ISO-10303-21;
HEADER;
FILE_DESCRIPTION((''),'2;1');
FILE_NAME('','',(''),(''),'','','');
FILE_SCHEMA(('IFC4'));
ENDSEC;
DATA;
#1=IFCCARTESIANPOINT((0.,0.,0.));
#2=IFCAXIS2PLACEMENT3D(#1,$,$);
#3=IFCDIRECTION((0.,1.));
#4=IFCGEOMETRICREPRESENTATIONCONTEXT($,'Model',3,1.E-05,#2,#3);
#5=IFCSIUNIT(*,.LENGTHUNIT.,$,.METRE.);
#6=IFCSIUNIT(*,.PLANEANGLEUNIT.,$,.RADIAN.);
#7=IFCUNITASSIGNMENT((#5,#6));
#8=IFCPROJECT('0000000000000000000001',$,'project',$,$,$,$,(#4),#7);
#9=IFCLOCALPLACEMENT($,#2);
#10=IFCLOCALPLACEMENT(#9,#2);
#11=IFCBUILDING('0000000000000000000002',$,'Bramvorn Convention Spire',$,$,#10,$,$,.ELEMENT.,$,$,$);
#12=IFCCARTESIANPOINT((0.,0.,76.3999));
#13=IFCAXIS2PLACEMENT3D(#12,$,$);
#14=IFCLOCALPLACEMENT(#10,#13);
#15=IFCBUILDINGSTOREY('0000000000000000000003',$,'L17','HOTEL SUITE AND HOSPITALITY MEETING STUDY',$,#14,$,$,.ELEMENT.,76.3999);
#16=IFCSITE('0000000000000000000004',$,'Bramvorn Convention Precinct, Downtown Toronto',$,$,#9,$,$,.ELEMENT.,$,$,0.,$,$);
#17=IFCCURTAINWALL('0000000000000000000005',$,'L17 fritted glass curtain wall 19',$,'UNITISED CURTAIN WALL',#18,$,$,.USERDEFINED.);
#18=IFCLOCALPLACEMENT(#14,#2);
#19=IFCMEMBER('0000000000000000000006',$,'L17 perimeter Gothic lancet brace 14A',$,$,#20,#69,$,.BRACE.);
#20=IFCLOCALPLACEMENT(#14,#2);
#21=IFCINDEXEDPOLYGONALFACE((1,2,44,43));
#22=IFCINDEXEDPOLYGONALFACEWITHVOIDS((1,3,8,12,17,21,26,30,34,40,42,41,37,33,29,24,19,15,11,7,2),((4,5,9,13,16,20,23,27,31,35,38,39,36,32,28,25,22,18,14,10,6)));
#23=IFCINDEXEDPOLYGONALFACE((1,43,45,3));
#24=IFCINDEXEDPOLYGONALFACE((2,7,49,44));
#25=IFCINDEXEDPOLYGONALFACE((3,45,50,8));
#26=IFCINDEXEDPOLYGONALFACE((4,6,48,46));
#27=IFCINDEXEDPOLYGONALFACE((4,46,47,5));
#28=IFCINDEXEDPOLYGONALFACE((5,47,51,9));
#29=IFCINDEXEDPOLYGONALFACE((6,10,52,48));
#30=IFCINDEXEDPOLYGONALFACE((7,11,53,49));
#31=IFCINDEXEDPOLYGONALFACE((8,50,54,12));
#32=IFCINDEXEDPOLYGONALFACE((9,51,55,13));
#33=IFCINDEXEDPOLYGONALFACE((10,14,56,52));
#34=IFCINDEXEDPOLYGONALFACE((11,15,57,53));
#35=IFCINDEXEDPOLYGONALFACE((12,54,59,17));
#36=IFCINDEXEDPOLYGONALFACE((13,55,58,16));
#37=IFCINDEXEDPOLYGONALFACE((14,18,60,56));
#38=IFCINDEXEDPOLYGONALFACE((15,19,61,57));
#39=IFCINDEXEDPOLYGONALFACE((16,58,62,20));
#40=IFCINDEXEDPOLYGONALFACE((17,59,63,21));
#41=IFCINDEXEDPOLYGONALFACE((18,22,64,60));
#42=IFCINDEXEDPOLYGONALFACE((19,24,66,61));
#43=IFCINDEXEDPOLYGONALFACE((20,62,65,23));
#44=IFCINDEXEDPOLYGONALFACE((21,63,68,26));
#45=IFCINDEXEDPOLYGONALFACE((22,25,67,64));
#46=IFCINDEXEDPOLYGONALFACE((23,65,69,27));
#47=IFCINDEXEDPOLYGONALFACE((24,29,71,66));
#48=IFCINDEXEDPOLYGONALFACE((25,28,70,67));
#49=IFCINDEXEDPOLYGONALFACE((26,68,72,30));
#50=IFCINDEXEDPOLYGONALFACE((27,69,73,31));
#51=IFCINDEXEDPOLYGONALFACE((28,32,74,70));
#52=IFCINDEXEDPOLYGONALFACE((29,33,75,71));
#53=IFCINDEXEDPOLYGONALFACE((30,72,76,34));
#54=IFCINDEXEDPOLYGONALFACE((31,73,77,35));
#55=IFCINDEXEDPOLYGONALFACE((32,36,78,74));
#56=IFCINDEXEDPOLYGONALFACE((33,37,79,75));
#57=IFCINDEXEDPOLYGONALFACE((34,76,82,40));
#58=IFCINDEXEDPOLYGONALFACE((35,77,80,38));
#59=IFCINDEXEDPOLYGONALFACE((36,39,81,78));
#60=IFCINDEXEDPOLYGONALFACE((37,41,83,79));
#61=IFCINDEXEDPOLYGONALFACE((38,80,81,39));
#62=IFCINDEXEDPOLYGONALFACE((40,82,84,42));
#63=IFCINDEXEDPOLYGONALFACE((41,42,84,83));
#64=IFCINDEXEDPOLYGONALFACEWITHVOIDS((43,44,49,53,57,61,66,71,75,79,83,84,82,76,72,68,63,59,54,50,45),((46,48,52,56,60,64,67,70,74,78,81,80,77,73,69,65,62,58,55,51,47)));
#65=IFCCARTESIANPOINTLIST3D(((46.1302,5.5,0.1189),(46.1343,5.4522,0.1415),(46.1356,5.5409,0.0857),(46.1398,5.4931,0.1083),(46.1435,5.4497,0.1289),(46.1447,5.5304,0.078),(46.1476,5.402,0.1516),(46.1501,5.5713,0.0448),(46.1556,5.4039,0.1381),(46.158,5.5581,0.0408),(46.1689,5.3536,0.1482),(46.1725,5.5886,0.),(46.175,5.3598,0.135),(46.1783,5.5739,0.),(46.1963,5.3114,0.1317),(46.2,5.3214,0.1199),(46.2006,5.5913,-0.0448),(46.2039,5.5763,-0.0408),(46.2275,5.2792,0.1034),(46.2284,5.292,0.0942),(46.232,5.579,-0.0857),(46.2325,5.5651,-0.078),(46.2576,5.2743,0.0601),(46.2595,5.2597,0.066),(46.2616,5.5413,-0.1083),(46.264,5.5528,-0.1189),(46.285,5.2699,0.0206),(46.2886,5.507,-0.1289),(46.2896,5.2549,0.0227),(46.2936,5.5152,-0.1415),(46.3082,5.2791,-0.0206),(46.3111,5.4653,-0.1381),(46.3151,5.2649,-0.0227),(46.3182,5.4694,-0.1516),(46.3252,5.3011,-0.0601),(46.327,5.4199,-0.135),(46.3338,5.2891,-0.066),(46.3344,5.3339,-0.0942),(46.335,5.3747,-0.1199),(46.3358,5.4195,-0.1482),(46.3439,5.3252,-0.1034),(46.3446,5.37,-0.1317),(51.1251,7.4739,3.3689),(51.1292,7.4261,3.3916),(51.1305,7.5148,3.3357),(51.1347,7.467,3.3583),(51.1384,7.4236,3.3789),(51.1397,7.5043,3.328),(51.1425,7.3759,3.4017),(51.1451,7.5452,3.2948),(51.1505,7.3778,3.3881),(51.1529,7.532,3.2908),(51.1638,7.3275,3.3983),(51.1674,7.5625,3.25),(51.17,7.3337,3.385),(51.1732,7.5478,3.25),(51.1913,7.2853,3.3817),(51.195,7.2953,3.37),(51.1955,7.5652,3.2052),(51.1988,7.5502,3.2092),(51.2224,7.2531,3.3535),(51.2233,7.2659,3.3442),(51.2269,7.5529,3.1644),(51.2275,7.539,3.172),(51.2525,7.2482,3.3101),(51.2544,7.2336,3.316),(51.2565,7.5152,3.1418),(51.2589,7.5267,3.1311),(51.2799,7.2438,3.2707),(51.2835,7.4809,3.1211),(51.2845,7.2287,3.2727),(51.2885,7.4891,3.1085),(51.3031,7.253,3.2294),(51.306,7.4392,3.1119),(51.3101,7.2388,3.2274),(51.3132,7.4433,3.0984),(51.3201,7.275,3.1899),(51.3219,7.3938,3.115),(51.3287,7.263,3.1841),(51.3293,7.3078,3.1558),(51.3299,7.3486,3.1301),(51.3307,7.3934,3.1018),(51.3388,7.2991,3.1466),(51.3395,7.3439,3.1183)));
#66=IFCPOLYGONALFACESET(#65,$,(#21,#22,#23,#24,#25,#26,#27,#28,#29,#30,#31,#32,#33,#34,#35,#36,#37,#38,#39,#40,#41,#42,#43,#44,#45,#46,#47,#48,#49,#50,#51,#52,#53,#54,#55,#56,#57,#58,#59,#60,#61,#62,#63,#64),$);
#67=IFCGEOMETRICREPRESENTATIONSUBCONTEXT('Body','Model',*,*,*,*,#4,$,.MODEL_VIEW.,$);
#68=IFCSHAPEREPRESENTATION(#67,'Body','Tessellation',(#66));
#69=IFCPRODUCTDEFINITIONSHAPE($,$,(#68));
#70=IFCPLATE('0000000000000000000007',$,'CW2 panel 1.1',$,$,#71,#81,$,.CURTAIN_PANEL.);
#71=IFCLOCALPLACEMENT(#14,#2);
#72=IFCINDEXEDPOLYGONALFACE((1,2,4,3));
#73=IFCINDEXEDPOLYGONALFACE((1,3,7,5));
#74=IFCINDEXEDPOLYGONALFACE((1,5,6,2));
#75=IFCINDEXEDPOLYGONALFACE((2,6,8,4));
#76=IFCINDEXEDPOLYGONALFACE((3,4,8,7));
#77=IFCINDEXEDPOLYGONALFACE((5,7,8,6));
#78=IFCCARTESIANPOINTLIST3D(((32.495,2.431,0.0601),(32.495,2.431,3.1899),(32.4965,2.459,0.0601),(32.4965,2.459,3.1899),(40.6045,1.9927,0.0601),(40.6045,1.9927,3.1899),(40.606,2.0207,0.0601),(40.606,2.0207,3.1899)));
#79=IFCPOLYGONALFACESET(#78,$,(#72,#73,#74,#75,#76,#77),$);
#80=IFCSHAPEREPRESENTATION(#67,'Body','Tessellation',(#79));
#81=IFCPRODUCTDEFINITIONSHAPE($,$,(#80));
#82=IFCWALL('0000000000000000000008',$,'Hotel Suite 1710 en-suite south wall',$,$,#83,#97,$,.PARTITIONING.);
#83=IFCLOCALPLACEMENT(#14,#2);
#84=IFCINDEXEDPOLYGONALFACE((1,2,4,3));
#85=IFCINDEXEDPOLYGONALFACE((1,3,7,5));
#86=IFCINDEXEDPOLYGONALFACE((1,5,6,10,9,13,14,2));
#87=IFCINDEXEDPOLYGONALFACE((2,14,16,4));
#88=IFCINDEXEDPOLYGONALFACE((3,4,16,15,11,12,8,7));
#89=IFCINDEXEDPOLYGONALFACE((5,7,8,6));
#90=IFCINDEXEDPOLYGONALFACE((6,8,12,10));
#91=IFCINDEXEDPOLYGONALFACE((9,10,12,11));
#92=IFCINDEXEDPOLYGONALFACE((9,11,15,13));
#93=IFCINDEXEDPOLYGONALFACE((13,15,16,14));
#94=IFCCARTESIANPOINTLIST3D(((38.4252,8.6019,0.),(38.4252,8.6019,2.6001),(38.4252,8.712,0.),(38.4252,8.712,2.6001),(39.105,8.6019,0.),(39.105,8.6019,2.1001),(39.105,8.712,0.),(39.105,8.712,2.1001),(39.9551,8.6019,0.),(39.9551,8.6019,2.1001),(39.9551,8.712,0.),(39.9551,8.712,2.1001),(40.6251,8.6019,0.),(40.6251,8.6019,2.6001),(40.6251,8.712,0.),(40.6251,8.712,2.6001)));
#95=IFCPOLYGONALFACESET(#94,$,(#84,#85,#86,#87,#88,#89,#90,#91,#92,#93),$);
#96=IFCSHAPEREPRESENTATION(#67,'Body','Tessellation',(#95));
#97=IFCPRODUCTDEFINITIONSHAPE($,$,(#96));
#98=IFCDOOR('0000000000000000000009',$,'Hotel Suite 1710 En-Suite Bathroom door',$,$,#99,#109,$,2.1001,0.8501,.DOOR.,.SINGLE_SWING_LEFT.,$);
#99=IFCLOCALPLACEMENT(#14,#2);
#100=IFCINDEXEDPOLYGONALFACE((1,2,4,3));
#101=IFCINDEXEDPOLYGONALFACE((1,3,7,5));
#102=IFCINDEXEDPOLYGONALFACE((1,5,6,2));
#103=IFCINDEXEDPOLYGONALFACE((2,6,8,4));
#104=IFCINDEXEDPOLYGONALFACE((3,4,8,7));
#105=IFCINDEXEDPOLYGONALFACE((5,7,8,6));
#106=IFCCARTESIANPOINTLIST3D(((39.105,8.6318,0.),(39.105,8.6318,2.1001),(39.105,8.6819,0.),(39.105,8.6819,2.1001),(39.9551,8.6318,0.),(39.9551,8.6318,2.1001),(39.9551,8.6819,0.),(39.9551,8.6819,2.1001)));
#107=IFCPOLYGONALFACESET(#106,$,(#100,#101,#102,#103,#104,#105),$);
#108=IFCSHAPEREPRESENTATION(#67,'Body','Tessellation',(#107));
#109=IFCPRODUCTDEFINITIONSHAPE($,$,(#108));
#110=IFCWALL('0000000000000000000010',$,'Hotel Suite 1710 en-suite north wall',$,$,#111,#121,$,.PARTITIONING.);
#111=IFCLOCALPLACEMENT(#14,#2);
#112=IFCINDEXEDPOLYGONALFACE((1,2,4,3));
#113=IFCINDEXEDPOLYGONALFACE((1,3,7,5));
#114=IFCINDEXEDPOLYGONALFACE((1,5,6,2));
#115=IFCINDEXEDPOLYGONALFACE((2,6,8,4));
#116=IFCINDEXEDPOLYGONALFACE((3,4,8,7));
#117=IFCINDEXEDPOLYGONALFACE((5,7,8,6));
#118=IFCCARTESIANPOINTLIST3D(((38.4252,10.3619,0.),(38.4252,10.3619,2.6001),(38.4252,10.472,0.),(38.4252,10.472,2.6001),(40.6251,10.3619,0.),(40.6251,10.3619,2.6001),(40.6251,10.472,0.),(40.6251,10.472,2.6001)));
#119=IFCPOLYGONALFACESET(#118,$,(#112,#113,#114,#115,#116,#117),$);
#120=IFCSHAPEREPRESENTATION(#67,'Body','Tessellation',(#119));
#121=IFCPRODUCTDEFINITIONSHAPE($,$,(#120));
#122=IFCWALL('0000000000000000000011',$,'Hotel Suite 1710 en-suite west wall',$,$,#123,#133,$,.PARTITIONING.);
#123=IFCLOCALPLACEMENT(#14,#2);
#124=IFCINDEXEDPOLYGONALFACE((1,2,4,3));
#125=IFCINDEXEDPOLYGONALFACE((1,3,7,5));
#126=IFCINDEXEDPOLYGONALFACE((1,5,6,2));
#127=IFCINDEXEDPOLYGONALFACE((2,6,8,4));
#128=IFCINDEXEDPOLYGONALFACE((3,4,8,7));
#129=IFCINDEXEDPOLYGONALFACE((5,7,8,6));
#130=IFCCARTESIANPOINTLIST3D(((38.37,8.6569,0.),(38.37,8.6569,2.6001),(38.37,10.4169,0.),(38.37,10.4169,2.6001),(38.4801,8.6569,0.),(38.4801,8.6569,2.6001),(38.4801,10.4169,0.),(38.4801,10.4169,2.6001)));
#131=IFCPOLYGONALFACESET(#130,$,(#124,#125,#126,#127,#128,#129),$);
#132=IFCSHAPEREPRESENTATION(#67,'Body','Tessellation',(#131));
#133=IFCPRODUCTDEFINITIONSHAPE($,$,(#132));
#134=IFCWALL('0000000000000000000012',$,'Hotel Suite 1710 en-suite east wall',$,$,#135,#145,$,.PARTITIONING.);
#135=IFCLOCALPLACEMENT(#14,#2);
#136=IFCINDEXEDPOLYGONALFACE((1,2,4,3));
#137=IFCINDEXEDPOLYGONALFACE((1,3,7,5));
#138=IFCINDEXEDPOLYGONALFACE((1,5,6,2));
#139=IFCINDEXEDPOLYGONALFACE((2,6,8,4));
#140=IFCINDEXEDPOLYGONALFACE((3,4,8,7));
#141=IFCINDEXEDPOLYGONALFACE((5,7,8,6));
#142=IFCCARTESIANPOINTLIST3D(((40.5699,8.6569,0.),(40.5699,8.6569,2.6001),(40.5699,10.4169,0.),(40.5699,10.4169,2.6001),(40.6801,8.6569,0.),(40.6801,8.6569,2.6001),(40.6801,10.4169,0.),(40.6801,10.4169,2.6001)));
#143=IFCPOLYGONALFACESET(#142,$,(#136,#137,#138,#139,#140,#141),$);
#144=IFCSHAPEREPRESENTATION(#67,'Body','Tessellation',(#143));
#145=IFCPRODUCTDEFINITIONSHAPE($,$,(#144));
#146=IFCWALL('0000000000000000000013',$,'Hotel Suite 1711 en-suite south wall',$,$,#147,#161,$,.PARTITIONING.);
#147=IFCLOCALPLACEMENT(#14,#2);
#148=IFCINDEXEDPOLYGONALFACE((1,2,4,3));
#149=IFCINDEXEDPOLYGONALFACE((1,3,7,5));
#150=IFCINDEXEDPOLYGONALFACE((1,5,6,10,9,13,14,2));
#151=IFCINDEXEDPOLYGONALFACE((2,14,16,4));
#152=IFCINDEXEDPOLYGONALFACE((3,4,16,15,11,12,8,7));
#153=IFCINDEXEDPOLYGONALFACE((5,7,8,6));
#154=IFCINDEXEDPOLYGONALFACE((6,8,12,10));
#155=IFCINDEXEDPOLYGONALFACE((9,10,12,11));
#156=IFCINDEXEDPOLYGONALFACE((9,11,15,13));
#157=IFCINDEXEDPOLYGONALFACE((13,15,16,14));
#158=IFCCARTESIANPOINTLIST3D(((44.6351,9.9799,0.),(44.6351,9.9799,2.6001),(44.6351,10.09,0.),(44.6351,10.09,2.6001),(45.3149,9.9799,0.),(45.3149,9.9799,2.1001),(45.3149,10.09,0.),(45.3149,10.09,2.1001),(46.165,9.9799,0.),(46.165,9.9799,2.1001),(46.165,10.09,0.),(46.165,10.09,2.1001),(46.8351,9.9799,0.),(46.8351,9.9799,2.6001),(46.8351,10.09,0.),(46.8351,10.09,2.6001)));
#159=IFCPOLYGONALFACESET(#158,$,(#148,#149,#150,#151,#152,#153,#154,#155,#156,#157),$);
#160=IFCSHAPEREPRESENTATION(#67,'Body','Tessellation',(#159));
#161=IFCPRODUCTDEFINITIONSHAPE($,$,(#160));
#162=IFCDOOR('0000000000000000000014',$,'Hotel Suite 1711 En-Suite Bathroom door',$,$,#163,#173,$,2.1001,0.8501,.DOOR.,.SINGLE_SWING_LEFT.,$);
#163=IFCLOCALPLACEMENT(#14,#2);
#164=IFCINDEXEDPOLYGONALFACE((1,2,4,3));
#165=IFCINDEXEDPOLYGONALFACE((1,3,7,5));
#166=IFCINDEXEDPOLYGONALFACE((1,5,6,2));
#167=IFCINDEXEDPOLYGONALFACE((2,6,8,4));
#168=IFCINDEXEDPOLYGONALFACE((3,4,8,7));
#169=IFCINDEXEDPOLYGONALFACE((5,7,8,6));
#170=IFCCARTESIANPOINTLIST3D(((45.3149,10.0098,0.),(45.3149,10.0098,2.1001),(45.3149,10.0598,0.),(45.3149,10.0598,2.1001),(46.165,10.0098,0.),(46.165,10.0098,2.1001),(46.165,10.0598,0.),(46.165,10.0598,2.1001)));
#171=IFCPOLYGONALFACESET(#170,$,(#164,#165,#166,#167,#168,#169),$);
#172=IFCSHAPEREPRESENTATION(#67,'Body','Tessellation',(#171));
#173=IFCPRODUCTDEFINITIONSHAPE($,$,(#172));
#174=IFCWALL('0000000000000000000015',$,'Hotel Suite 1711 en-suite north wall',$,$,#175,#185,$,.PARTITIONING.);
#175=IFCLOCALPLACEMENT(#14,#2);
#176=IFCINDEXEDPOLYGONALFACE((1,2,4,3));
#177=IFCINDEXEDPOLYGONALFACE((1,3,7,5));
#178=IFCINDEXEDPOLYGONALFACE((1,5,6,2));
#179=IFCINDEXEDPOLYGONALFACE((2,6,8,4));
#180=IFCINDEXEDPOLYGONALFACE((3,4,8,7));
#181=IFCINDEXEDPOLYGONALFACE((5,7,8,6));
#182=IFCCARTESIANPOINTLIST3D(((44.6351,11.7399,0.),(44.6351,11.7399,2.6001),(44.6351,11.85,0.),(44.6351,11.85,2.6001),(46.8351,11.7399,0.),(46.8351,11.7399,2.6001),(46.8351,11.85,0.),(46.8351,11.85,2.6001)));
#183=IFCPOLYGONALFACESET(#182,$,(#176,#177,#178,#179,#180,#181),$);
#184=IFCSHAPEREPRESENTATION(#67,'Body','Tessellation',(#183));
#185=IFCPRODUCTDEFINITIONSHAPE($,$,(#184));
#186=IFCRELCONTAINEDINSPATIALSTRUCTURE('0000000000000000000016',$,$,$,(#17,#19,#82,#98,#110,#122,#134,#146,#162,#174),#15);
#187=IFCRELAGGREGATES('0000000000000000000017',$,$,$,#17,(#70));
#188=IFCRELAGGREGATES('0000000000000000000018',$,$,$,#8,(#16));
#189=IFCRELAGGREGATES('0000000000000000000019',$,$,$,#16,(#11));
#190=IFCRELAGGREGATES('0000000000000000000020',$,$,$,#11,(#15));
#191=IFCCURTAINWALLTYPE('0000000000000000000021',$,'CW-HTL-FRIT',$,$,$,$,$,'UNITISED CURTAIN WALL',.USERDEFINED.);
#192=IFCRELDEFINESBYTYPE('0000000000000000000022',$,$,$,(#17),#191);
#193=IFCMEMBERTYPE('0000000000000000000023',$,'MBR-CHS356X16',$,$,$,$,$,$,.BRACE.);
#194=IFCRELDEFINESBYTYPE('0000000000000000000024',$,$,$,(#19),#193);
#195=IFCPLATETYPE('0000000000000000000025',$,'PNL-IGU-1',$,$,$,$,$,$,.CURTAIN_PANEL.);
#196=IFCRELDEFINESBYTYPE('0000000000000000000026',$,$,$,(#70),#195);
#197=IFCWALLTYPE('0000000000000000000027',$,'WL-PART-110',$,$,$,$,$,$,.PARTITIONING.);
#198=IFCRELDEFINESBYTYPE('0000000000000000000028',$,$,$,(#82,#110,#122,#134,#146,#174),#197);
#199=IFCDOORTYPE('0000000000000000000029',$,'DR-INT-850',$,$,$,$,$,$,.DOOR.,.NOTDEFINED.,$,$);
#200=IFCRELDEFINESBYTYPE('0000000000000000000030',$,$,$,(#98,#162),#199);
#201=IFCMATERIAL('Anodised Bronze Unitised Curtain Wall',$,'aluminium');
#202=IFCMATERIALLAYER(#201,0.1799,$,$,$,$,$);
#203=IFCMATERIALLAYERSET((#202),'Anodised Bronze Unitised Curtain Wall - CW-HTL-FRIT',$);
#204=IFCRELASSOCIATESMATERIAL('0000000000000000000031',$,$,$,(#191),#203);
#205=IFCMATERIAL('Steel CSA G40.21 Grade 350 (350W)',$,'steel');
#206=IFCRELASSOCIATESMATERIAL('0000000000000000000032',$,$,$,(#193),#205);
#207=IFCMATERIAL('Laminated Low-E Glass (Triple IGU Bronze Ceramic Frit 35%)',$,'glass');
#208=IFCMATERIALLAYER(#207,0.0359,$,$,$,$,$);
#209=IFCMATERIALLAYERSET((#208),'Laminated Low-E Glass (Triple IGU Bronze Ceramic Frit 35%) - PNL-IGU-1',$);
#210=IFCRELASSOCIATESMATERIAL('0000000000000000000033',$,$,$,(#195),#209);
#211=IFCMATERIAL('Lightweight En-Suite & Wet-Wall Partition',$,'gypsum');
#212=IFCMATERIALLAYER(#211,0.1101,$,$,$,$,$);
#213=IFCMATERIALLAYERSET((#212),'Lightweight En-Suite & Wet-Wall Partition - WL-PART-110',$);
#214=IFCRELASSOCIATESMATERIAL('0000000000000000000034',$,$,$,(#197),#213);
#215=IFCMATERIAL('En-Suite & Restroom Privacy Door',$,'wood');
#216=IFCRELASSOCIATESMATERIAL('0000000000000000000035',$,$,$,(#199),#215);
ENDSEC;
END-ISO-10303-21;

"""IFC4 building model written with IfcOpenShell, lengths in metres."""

from ifc_helpers import new_model, si_unit, direction, frame, frame_2d, origin, origin_2d, place, context, subcontext, project, spatial, rectangle, hollow_circle, extrude, material, layer, layer_set, material_profile, profile_set, type_object, element, fill, aggregate, save


model = new_model("IFC4")

# Units and contexts
model_context = context("Model", 3, precision=1e-05, world=origin(), true_north=direction((0.0, 1.0)))
body_context = subcontext(model_context, "Body", "Model", "MODEL_VIEW")
ifc_project = project(units=[si_unit("LENGTHUNIT", "METRE"), si_unit("PLANEANGLEUNIT", "RADIAN")], contexts=[model_context])

# Site, building, storey
site_placement = place(None, origin())
site = spatial("IfcSite", under=ifc_project, at=site_placement, Name="Bramvorn Convention Precinct, Downtown Toronto", CompositionType="ELEMENT", RefElevation=0.0)
building_placement = place(site_placement, origin())
building = spatial("IfcBuilding", under=site, at=building_placement, Name="Bramvorn Convention Spire", CompositionType="ELEMENT")
storey_placement = place(building_placement, frame((0.0, 0.0, 76.3999)))
storey = spatial("IfcBuildingStorey", under=building, at=storey_placement, Name="L17", Description="HOTEL SUITE AND HOSPITALITY MEETING STUDY", CompositionType="ELEMENT", Elevation=76.3999)

# Shared definitions
ifc_material_1 = material(Name="Steel CSA G40.21 Grade 350 (350W)", Category="steel")

# Curtain wall
ifc_material_2 = material(Name="Anodised Bronze Unitised Curtain Wall", Category="aluminium")
ifc_layer_1 = layer(ifc_material_2, 0.1799)
ifc_layer_set_1 = layer_set([ifc_layer_1], Name="Anodised Bronze Unitised Curtain Wall - CW-HTL-FRIT")
curtain_wall_type = type_object("IfcCurtainWallType", Name="CW-HTL-FRIT", ElementType="UNITISED CURTAIN WALL", PredefinedType="USERDEFINED", material=ifc_layer_set_1)
curtain_wall_placement = place(storey_placement, origin())
curtain_wall = element("IfcCurtainWall", 1, at=curtain_wall_placement, inside=storey, type_object=curtain_wall_type, Name="L17 fritted glass curtain wall 19", ObjectType="UNITISED CURTAIN WALL", PredefinedType="USERDEFINED")

# Member
ifc_material_profile_1 = material_profile(ifc_material_1, hollow_circle(Radius=0.1777, WallThickness=0.0159, at=origin_2d()))
ifc_profile_set_1 = profile_set([ifc_material_profile_1], Name="Steel CSA G40.21 Grade 350 (350W) - CHS356X16")
member_type_1 = type_object("IfcMemberType", Name="MBR-CHS356X16", PredefinedType="BRACE", material=ifc_profile_set_1)
member_1_placement = place(storey_placement, frame((46.2378, 5.4233, 0.0), z_axis=(0.795674, 0.314435, 0.517719), x_axis=(-0.367524, 0.930014, 0.0)))
element("IfcMember", 2, at=member_1_placement, inside=storey, type_object=member_type_1, Name="L17 perimeter Gothic lancet brace 14A", PredefinedType="BRACE", context=body_context, shape_type="SweptSolid", body=[
    extrude(hollow_circle(Radius=0.1777, WallThickness=0.0159, at=origin_2d()), origin(), (0.0, 0.0, 1.0), 6.2776),
])

# Plate
ifc_material_3 = material(Name="Laminated Low-E Glass (Triple IGU Bronze Ceramic Frit 35%)", Category="glass")
ifc_layer_2 = layer(ifc_material_3, 0.0359)
ifc_layer_set_2 = layer_set([ifc_layer_2], Name="Laminated Low-E Glass (Triple IGU Bronze Ceramic Frit 35%) - PNL-IGU-1")
plate_type = type_object("IfcPlateType", Name="PNL-IGU-1", PredefinedType="CURTAIN_PANEL", material=ifc_layer_set_2)
plate_placement = place(storey_placement, frame((36.5505, 2.2258, 0.0601), z_axis=(0.0, 0.0, 1.0), x_axis=(-0.998542, 0.053971, 0.0)))
plate = element("IfcPlate", 3, at=plate_placement, type_object=plate_type, Name="CW2 panel 1.1", PredefinedType="CURTAIN_PANEL", context=body_context, shape_type="SweptSolid", body=[
    extrude(rectangle(XDim=8.1213, YDim=0.0281, at=origin_2d()), origin(), (0.0, 0.0, 1.0), 3.1299),
])
aggregate(curtain_wall, [plate])

# Wall, opening, door
ifc_material_4 = material(Name="Lightweight En-Suite & Wet-Wall Partition", Category="gypsum")
ifc_layer_3 = layer(ifc_material_4, 0.1101)
ifc_layer_set_3 = layer_set([ifc_layer_3], Name="Lightweight En-Suite & Wet-Wall Partition - WL-PART-110")
wall_type_1 = type_object("IfcWallType", Name="WL-PART-110", PredefinedType="PARTITIONING", material=ifc_layer_set_3)
wall_1_placement = place(storey_placement, frame((38.425, 8.657, 0.0), z_axis=(0.0, 0.0, 1.0), x_axis=(1.0, 0.0, 0.0)))
wall_1 = element("IfcWall", 4, at=wall_1_placement, inside=storey, type_object=wall_type_1, Name="Hotel Suite 1710 en-suite south wall", PredefinedType="PARTITIONING", context=body_context, shape_type="SweptSolid", body=[
    extrude(rectangle(XDim=2.2, YDim=0.1101, at=frame_2d((1.1001, 0.0))), origin(), (0.0, 0.0, 1.0), 2.6001),
])
opening_1_placement = place(wall_1_placement, frame((0.6799, 0.0, 0.0)))
opening_1 = element("IfcOpeningElement", 5, at=opening_1_placement, cuts=wall_1, PredefinedType="OPENING", context=body_context, shape_type="SweptSolid", body=[
    extrude(rectangle(XDim=0.8501, YDim=2.1001, at=frame_2d((0.425, 1.05))), frame((0.0, 0.0649, 0.0), z_axis=(0.0, -1.0, 0.0), x_axis=(1.0, 0.0, 0.0)), (0.0, 0.0, 1.0), 0.1301),
])
ifc_material_5 = material(Name="En-Suite & Restroom Privacy Door", Category="wood")
door_type = type_object("IfcDoorType", Name="DR-INT-850", OperationType="NOTDEFINED", PredefinedType="DOOR", material=ifc_material_5)
door_1_placement = place(opening_1_placement, origin())
door_1 = element("IfcDoor", 6, at=door_1_placement, inside=storey, type_object=door_type, Name="Hotel Suite 1710 En-Suite Bathroom door", OperationType="SINGLE_SWING_LEFT", OverallHeight=2.1001, OverallWidth=0.8501, PredefinedType="DOOR", context=body_context, shape_type="SweptSolid", body=[
    extrude(rectangle(XDim=0.8501, YDim=2.1001, at=frame_2d((0.425, 1.05))), frame((0.0, 0.0249, 0.0), z_axis=(0.0, -1.0, 0.0), x_axis=(1.0, 0.0, 0.0)), (0.0, 0.0, 1.0), 0.05),
])
fill(opening_1, door_1)

# Walls
wall_2_placement = place(storey_placement, frame((38.425, 10.417, 0.0), z_axis=(0.0, 0.0, 1.0), x_axis=(1.0, 0.0, 0.0)))
element("IfcWall", 7, at=wall_2_placement, inside=storey, type_object=wall_type_1, Name="Hotel Suite 1710 en-suite north wall", PredefinedType="PARTITIONING", context=body_context, shape_type="SweptSolid", body=[
    extrude(rectangle(XDim=2.2, YDim=0.1101, at=frame_2d((1.1001, 0.0))), origin(), (0.0, 0.0, 1.0), 2.6001),
])
for number, where, z_axis, x_axis, name in (
    (8, (38.425, 8.657, 0.0), (0.0, 0.0, 1.0), (0.0, 1.0, 0.0), "Hotel Suite 1710 en-suite west wall"),
    (9, (40.625, 8.657, 0.0), (0.0, 0.0, 1.0), (0.0, 1.0, 0.0), "Hotel Suite 1710 en-suite east wall"),
):
    element("IfcWall", number, at=place(storey_placement, frame(where, z_axis=z_axis, x_axis=x_axis)), inside=storey, type_object=wall_type_1, Name=name, PredefinedType="PARTITIONING", context=body_context, shape_type="SweptSolid", body=[
        extrude(rectangle(XDim=1.76, YDim=0.1101, at=frame_2d((0.8799, 0.0))), origin(), (0.0, 0.0, 1.0), 2.6001),
    ])

# Wall, opening, door
wall_3_placement = place(storey_placement, frame((44.635, 10.0349, 0.0), z_axis=(0.0, 0.0, 1.0), x_axis=(1.0, 0.0, 0.0)))
wall_3 = element("IfcWall", 10, at=wall_3_placement, inside=storey, type_object=wall_type_1, Name="Hotel Suite 1711 en-suite south wall", PredefinedType="PARTITIONING", context=body_context, shape_type="SweptSolid", body=[
    extrude(rectangle(XDim=2.2, YDim=0.1101, at=frame_2d((1.1001, 0.0))), origin(), (0.0, 0.0, 1.0), 2.6001),
])
opening_2_placement = place(wall_3_placement, frame((0.6799, 0.0, 0.0)))
opening_2 = element("IfcOpeningElement", 11, at=opening_2_placement, cuts=wall_3, PredefinedType="OPENING", context=body_context, shape_type="SweptSolid", body=[
    extrude(rectangle(XDim=0.8501, YDim=2.1001, at=frame_2d((0.425, 1.05))), frame((0.0, 0.0649, 0.0), z_axis=(0.0, -1.0, 0.0), x_axis=(1.0, 0.0, 0.0)), (0.0, 0.0, 1.0), 0.1301),
])
door_2_placement = place(opening_2_placement, origin())
door_2 = element("IfcDoor", 12, at=door_2_placement, inside=storey, type_object=door_type, Name="Hotel Suite 1711 En-Suite Bathroom door", OperationType="SINGLE_SWING_LEFT", OverallHeight=2.1001, OverallWidth=0.8501, PredefinedType="DOOR", context=body_context, shape_type="SweptSolid", body=[
    extrude(rectangle(XDim=0.8501, YDim=2.1001, at=frame_2d((0.425, 1.05))), frame((0.0, 0.0249, 0.0), z_axis=(0.0, -1.0, 0.0), x_axis=(1.0, 0.0, 0.0)), (0.0, 0.0, 1.0), 0.05),
])
fill(opening_2, door_2)

# Wall
wall_4_placement = place(storey_placement, frame((44.635, 11.7949, 0.0), z_axis=(0.0, 0.0, 1.0), x_axis=(1.0, 0.0, 0.0)))
element("IfcWall", 13, at=wall_4_placement, inside=storey, type_object=wall_type_1, Name="Hotel Suite 1711 en-suite north wall", PredefinedType="PARTITIONING", context=body_context, shape_type="SweptSolid", body=[
    extrude(rectangle(XDim=2.2, YDim=0.1101, at=frame_2d((1.1001, 0.0))), origin(), (0.0, 0.0, 1.0), 2.6001),
])

save(model, "model.ifc")
